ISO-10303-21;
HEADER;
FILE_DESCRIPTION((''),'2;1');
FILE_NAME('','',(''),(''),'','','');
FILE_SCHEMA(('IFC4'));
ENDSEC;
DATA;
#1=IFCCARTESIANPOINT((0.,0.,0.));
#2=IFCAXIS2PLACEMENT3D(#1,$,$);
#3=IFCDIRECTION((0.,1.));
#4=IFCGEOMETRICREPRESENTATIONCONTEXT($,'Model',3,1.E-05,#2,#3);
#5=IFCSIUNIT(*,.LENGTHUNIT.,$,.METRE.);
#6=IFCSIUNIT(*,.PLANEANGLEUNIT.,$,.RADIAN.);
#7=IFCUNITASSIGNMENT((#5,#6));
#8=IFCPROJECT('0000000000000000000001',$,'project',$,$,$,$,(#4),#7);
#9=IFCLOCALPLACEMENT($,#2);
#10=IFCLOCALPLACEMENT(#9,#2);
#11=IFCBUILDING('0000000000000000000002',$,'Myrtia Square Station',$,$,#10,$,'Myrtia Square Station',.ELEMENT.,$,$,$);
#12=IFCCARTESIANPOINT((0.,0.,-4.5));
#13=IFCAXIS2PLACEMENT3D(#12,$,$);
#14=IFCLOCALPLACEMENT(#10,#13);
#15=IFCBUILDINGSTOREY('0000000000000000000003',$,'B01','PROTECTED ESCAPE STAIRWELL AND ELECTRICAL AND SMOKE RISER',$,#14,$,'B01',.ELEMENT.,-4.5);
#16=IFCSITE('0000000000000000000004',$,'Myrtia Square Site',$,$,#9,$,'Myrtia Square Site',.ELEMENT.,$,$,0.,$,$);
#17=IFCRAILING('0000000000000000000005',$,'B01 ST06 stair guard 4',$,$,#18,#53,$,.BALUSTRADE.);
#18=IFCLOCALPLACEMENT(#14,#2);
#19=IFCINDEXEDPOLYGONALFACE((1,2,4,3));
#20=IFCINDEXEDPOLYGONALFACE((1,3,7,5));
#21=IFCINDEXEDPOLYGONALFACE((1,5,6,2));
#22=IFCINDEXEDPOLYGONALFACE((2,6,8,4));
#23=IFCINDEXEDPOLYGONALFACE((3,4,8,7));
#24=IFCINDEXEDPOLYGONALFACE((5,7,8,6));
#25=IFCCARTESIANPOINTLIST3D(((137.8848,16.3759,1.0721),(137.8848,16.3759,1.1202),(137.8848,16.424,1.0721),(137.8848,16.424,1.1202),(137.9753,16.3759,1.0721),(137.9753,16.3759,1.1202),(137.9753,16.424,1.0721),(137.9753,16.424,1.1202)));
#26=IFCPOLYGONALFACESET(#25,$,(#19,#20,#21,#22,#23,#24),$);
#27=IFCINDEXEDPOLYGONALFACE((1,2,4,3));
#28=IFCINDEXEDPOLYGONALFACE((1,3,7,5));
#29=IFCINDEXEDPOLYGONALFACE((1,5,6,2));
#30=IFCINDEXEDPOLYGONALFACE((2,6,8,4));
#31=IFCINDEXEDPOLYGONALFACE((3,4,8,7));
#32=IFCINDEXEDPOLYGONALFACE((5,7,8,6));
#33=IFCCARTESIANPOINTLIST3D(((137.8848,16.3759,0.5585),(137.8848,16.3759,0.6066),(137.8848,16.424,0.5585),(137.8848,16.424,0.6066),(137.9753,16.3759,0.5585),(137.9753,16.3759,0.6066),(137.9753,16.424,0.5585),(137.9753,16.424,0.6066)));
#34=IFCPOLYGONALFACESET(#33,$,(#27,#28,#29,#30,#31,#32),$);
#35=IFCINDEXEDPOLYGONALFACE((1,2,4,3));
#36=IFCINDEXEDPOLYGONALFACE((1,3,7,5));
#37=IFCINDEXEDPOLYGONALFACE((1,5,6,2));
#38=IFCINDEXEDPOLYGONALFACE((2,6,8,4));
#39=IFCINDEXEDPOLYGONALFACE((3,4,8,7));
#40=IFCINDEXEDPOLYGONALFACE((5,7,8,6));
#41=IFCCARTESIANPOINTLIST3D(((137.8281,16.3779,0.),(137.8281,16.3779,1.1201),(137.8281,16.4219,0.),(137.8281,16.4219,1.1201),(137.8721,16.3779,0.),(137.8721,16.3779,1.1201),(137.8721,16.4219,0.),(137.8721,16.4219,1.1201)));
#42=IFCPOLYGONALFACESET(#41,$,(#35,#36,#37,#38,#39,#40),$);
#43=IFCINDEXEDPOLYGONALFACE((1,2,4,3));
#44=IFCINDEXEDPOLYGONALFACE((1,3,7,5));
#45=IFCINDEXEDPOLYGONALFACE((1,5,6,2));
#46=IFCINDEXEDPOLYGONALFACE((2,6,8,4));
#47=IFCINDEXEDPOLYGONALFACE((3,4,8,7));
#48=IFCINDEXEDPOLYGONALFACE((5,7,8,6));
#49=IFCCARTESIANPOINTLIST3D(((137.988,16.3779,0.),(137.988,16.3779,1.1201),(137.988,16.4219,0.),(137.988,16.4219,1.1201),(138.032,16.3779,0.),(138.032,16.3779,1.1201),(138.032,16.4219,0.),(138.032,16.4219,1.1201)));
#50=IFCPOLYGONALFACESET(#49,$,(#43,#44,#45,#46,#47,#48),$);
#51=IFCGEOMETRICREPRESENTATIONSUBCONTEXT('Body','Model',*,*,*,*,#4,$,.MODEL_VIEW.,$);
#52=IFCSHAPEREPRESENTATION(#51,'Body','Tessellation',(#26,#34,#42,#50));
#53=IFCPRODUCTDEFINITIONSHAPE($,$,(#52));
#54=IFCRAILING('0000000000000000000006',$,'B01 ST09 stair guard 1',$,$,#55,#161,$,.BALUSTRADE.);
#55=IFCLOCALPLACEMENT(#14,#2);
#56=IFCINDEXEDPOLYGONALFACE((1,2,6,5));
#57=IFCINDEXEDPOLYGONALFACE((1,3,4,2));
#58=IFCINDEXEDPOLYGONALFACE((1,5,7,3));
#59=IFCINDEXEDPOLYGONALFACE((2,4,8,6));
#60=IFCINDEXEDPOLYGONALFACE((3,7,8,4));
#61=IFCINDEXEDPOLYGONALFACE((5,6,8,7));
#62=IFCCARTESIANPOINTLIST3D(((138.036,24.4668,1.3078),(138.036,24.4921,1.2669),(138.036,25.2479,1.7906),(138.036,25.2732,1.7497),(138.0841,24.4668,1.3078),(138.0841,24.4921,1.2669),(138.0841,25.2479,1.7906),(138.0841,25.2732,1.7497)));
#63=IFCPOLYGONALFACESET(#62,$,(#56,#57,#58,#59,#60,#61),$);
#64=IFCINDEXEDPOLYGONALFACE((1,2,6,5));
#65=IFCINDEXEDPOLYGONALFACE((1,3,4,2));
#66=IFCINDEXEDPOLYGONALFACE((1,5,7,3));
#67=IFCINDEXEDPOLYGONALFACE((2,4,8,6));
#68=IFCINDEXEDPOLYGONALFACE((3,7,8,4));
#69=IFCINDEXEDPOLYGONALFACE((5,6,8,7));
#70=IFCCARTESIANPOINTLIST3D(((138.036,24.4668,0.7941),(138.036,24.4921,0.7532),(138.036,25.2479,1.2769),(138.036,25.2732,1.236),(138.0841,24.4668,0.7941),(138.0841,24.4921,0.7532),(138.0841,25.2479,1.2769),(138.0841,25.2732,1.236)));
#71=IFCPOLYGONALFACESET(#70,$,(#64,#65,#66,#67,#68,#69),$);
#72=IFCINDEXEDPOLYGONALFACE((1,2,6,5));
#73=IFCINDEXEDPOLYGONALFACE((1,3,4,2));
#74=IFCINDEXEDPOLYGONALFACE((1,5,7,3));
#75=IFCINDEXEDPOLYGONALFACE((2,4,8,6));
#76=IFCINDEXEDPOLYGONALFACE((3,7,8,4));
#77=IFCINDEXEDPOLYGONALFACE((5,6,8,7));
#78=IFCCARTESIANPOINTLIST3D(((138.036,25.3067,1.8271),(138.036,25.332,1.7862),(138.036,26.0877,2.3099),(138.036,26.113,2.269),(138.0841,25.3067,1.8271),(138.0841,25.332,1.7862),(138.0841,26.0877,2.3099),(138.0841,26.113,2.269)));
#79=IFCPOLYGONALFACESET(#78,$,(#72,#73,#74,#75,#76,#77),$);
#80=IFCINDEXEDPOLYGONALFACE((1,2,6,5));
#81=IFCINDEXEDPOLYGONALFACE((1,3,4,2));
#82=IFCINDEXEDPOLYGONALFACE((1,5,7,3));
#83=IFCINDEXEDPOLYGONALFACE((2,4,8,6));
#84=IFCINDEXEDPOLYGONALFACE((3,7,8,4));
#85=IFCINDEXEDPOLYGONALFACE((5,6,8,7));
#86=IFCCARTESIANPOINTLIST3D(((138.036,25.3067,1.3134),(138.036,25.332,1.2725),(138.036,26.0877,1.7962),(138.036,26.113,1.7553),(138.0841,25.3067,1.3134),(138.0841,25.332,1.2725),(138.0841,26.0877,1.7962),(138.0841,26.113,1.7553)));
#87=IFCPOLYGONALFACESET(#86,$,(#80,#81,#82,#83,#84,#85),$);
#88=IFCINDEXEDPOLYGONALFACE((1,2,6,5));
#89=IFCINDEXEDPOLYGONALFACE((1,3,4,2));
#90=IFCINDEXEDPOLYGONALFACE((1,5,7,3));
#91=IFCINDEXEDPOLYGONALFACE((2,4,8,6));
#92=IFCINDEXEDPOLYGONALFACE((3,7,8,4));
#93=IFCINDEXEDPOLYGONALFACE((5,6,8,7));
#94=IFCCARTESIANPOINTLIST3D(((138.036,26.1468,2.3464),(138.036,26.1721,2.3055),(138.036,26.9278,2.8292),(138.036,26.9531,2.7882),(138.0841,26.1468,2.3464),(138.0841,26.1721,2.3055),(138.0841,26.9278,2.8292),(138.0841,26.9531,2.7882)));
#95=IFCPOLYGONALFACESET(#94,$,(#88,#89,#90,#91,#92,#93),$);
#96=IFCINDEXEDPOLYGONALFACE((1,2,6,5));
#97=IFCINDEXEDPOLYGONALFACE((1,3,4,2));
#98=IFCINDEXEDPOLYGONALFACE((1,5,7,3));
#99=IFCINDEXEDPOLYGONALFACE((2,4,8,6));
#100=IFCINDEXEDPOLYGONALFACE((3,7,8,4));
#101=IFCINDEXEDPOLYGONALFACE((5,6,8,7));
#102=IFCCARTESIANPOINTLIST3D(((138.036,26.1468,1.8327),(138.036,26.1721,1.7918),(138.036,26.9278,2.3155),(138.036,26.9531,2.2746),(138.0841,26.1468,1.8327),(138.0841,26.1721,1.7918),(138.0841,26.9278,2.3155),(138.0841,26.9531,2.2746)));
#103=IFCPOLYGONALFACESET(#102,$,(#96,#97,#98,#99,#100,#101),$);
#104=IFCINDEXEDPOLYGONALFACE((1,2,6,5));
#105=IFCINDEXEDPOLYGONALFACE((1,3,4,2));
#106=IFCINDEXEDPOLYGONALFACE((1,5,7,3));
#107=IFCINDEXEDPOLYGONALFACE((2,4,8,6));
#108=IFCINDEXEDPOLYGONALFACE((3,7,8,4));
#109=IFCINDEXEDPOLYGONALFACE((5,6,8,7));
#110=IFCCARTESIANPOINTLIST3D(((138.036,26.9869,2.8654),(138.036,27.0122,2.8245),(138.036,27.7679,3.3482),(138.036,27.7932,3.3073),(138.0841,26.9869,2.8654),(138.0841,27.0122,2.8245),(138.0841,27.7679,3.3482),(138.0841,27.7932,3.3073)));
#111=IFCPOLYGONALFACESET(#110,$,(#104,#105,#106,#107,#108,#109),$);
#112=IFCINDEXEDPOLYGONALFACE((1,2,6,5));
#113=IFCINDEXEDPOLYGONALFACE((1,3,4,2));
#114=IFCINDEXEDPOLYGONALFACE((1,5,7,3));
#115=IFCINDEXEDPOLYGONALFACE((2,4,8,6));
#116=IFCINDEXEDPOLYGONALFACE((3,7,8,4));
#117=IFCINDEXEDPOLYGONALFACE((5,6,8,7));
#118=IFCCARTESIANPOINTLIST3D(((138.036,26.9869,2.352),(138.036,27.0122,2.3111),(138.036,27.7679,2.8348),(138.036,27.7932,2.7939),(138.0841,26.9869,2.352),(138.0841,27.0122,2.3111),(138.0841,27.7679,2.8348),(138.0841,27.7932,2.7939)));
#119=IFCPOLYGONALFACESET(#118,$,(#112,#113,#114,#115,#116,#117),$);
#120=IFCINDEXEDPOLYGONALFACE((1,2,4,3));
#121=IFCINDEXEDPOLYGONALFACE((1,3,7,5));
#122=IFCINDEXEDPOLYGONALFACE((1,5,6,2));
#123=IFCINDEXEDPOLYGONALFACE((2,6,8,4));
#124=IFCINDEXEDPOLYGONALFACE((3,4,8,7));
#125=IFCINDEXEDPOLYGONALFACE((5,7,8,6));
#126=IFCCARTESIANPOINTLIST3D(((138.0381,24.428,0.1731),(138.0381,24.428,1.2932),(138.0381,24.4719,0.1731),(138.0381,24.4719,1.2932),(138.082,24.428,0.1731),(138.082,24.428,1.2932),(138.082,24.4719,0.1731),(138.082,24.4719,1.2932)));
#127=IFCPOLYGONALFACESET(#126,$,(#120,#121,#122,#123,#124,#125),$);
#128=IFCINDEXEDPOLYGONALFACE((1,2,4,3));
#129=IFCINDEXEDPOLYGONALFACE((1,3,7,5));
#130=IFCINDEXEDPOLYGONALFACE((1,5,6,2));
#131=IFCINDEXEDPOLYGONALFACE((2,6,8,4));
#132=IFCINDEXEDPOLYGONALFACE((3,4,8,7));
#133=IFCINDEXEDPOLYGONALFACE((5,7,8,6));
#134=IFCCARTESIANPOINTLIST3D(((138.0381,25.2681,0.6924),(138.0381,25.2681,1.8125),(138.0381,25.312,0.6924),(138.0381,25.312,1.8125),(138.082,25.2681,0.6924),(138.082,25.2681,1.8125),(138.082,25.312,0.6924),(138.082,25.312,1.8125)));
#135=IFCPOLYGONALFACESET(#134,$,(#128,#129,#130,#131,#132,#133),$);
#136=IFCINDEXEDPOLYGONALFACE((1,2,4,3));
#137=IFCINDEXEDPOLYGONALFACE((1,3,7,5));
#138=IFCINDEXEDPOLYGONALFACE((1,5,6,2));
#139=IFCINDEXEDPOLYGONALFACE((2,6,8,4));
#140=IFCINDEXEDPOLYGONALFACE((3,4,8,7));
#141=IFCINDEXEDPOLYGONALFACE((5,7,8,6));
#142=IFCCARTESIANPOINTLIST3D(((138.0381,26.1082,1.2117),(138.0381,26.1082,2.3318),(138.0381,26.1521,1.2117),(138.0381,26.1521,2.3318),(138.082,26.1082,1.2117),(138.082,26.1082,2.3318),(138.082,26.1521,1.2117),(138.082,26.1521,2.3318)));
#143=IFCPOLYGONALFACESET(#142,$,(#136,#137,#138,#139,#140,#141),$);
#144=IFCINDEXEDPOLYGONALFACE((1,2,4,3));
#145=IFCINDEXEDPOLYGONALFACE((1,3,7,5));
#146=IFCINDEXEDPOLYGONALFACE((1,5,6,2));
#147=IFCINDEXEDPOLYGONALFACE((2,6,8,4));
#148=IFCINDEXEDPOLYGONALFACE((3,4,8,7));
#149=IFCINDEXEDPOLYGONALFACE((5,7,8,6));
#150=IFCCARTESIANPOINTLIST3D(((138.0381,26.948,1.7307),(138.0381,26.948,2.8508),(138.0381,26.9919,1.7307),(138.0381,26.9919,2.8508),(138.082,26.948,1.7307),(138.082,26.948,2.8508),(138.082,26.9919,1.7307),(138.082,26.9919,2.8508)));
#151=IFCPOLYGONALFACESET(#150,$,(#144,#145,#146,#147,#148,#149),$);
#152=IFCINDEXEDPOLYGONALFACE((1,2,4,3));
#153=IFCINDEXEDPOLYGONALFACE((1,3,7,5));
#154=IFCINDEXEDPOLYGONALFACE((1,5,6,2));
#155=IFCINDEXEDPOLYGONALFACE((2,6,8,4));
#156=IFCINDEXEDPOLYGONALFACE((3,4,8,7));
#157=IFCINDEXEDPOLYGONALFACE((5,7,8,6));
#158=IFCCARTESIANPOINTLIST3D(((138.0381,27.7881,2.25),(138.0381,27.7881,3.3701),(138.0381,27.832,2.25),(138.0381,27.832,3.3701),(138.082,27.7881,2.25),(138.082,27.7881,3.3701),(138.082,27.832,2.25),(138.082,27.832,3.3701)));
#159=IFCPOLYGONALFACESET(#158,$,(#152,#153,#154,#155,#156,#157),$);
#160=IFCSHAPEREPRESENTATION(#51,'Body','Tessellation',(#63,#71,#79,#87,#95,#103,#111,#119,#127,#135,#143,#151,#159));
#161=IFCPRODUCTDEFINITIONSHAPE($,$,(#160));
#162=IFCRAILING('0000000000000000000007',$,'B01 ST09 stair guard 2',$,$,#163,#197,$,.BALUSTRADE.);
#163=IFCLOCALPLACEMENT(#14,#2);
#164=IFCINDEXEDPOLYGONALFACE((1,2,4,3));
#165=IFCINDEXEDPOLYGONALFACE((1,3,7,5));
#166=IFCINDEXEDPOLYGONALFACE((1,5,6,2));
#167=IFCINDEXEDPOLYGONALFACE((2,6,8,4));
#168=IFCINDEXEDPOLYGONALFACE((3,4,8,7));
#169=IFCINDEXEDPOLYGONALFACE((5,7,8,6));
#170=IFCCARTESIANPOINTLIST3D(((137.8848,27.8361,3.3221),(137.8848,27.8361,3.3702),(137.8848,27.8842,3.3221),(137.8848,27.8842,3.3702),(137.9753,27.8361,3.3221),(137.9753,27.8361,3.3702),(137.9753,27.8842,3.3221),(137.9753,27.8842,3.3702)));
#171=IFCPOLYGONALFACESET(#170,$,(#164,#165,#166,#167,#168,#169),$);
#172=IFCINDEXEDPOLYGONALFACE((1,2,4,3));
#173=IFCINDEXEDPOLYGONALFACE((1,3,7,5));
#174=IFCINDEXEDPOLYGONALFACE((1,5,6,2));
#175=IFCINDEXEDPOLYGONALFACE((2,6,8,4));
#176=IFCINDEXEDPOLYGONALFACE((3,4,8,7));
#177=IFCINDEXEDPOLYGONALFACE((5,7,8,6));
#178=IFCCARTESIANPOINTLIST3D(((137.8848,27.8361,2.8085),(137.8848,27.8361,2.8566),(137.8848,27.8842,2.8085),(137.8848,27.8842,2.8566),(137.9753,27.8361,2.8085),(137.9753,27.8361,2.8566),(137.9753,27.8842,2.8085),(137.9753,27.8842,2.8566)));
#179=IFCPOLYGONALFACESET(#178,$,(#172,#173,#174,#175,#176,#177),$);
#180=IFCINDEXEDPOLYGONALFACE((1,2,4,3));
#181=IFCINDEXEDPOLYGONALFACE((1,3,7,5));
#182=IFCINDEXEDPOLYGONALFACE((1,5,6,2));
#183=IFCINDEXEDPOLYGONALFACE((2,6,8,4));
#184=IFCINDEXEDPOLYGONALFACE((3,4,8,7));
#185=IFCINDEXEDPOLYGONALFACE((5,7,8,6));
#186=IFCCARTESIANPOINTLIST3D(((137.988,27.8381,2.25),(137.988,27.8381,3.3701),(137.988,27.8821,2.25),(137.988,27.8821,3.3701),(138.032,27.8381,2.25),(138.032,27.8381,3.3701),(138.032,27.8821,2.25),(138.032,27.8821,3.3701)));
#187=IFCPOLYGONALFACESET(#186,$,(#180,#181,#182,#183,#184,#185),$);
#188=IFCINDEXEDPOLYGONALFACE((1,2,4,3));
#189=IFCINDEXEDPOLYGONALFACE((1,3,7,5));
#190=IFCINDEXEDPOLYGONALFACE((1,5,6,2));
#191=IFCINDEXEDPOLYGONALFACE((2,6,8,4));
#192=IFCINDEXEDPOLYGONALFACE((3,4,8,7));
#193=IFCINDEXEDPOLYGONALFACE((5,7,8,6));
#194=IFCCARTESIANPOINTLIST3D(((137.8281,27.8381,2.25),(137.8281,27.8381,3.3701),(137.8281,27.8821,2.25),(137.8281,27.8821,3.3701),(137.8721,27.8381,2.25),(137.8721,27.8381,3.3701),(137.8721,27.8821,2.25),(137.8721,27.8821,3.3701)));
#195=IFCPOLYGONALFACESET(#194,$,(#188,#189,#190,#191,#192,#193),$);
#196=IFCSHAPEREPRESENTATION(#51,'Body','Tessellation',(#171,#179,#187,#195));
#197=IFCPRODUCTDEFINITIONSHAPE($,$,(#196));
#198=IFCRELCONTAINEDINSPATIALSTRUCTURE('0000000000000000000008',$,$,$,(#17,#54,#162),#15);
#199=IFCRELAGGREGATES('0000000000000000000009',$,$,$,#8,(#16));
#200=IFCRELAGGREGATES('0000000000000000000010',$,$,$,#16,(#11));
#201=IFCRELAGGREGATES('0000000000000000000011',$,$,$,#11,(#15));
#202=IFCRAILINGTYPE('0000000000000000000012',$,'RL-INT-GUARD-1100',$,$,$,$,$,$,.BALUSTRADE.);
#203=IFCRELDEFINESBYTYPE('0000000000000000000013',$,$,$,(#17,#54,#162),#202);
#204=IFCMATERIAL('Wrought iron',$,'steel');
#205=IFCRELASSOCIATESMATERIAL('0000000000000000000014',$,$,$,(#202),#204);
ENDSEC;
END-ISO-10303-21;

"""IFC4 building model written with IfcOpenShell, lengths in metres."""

from ifc_helpers import new_model, si_unit, direction, frame, origin, origin_2d, place, context, subcontext, project, spatial, rectangle, extrude, material, type_object, element, save


model = new_model("IFC4")

# Units and contexts
model_context = context("Model", 3, precision=1e-05, world=origin(), true_north=direction((0.0, 1.0)))
body_context = subcontext(model_context, "Body", "Model", "MODEL_VIEW")
ifc_project = project(units=[si_unit("LENGTHUNIT", "METRE"), si_unit("PLANEANGLEUNIT", "RADIAN")], contexts=[model_context])

# Site, building, storey
site_placement = place(None, origin())
site = spatial("IfcSite", under=ifc_project, at=site_placement, Name="Myrtia Square Site", LongName="Myrtia Square Site", CompositionType="ELEMENT", RefElevation=0.0)
building_placement = place(site_placement, origin())
building = spatial("IfcBuilding", under=site, at=building_placement, Name="Myrtia Square Station", LongName="Myrtia Square Station", CompositionType="ELEMENT")
storey_placement = place(building_placement, frame((0.0, 0.0, -4.5)))
storey = spatial("IfcBuildingStorey", under=building, at=storey_placement, Name="B01", Description="PROTECTED ESCAPE STAIRWELL AND ELECTRICAL AND SMOKE RISER", LongName="B01", CompositionType="ELEMENT", Elevation=-4.5)

# Railings
ifc_material_1 = material(Name="Wrought iron", Category="steel")
railing_type_1 = type_object("IfcRailingType", Name="RL-INT-GUARD-1100", PredefinedType="BALUSTRADE", material=ifc_material_1)
railing_1_placement = place(storey_placement, frame((137.8501, 16.3999, 0.0)))
element("IfcRailing", 1, at=railing_1_placement, inside=storey, type_object=railing_type_1, Name="B01 ST06 stair guard 4", PredefinedType="BALUSTRADE", context=body_context, shape_type="SweptSolid", body=[
    extrude(rectangle(XDim=0.0481, YDim=0.0481, at=origin_2d()), frame((0.0347, 0.0, 1.0962), z_axis=(1.0, 0.0, 0.0), x_axis=(0.0, 1.0, 0.0)), (0.0, 0.0, 1.0), 0.0906),
    extrude(rectangle(XDim=0.0481, YDim=0.0481, at=origin_2d()), frame((0.0347, 0.0, 0.5825), z_axis=(1.0, 0.0, 0.0), x_axis=(0.0, 1.0, 0.0)), (0.0, 0.0, 1.0), 0.0906),
    extrude(rectangle(XDim=0.0439, YDim=0.0439, at=origin_2d()), origin(), (0.0, 0.0, 1.0), 1.1201),
    extrude(rectangle(XDim=0.0439, YDim=0.0439, at=origin_2d()), frame((0.1599, 0.0, 0.0)), (0.0, 0.0, 1.0), 1.1201),
])
railing_2_placement = place(storey_placement, frame((138.0601, 24.45, 0.1731)))
element("IfcRailing", 2, at=railing_2_placement, inside=storey, type_object=railing_type_1, Name="B01 ST09 stair guard 1", PredefinedType="BALUSTRADE", context=body_context, shape_type="SweptSolid", body=[
    extrude(rectangle(XDim=0.0481, YDim=0.0481, at=origin_2d()), frame((0.0, 0.0295, 1.1143), z_axis=(0.0, 0.850623, 0.525776), x_axis=(-1.0, 0.0, 0.0)), (0.0, 0.0, 1.0), 0.9182),
    extrude(rectangle(XDim=0.0481, YDim=0.0481, at=origin_2d()), frame((0.0, 0.0295, 0.6006), z_axis=(0.0, 0.850623, 0.525776), x_axis=(-1.0, 0.0, 0.0)), (0.0, 0.0, 1.0), 0.9182),
    extrude(rectangle(XDim=0.0481, YDim=0.0481, at=origin_2d()), frame((0.0, 0.8694, 1.6335), z_axis=(0.0, 0.850623, 0.525776), x_axis=(-1.0, 0.0, 0.0)), (0.0, 0.0, 1.0), 0.9182),
    extrude(rectangle(XDim=0.0481, YDim=0.0481, at=origin_2d()), frame((0.0, 0.8694, 1.1199), z_axis=(0.0, 0.850623, 0.525776), x_axis=(-1.0, 0.0, 0.0)), (0.0, 0.0, 1.0), 0.9182),
    extrude(rectangle(XDim=0.0481, YDim=0.0481, at=origin_2d()), frame((0.0, 1.7095, 2.1528), z_axis=(0.0, 0.850623, 0.525776), x_axis=(-1.0, 0.0, 0.0)), (0.0, 0.0, 1.0), 0.9182),
    extrude(rectangle(XDim=0.0481, YDim=0.0481, at=origin_2d()), frame((0.0, 1.7095, 1.6392), z_axis=(0.0, 0.850623, 0.525776), x_axis=(-1.0, 0.0, 0.0)), (0.0, 0.0, 1.0), 0.9182),
    extrude(rectangle(XDim=0.0481, YDim=0.0481, at=origin_2d()), frame((0.0, 2.5496, 2.6719), z_axis=(0.0, 0.850623, 0.525776), x_axis=(-1.0, 0.0, 0.0)), (0.0, 0.0, 1.0), 0.9182),
    extrude(rectangle(XDim=0.0481, YDim=0.0481, at=origin_2d()), frame((0.0, 2.5496, 2.1584), z_axis=(0.0, 0.850623, 0.525776), x_axis=(-1.0, 0.0, 0.0)), (0.0, 0.0, 1.0), 0.9182),
    extrude(rectangle(XDim=0.0439, YDim=0.0439, at=origin_2d()), origin(), (0.0, 0.0, 1.0), 1.1201),
    extrude(rectangle(XDim=0.0439, YDim=0.0439, at=origin_2d()), frame((0.0, 0.8401, 0.5193)), (0.0, 0.0, 1.0), 1.1201),
    extrude(rectangle(XDim=0.0439, YDim=0.0439, at=origin_2d()), frame((0.0, 1.6802, 1.0386)), (0.0, 0.0, 1.0), 1.1201),
    extrude(rectangle(XDim=0.0439, YDim=0.0439, at=origin_2d()), frame((0.0, 2.52, 1.5576)), (0.0, 0.0, 1.0), 1.1201),
    extrude(rectangle(XDim=0.0439, YDim=0.0439, at=origin_2d()), frame((0.0, 3.3601, 2.0769)), (0.0, 0.0, 1.0), 1.1201),
])
railing_3_placement = place(storey_placement, frame((138.01, 27.8601, 2.25)))
element("IfcRailing", 3, at=railing_3_placement, inside=storey, type_object=railing_type_1, Name="B01 ST09 stair guard 2", PredefinedType="BALUSTRADE", context=body_context, shape_type="SweptSolid", body=[
    extrude(rectangle(XDim=0.0481, YDim=0.0481, at=origin_2d()), frame((-0.0347, 0.0, 1.0962), z_axis=(-1.0, 0.0, 0.0), x_axis=(0.0, -1.0, 0.0)), (0.0, 0.0, 1.0), 0.0906),
    extrude(rectangle(XDim=0.0481, YDim=0.0481, at=origin_2d()), frame((-0.0347, 0.0, 0.5825), z_axis=(-1.0, 0.0, 0.0), x_axis=(0.0, -1.0, 0.0)), (0.0, 0.0, 1.0), 0.0906),
    extrude(rectangle(XDim=0.0439, YDim=0.0439, at=origin_2d()), origin(), (0.0, 0.0, 1.0), 1.1201),
    extrude(rectangle(XDim=0.0439, YDim=0.0439, at=origin_2d()), frame((-0.1599, 0.0, 0.0)), (0.0, 0.0, 1.0), 1.1201),
])

save(model, "model.ifc")
